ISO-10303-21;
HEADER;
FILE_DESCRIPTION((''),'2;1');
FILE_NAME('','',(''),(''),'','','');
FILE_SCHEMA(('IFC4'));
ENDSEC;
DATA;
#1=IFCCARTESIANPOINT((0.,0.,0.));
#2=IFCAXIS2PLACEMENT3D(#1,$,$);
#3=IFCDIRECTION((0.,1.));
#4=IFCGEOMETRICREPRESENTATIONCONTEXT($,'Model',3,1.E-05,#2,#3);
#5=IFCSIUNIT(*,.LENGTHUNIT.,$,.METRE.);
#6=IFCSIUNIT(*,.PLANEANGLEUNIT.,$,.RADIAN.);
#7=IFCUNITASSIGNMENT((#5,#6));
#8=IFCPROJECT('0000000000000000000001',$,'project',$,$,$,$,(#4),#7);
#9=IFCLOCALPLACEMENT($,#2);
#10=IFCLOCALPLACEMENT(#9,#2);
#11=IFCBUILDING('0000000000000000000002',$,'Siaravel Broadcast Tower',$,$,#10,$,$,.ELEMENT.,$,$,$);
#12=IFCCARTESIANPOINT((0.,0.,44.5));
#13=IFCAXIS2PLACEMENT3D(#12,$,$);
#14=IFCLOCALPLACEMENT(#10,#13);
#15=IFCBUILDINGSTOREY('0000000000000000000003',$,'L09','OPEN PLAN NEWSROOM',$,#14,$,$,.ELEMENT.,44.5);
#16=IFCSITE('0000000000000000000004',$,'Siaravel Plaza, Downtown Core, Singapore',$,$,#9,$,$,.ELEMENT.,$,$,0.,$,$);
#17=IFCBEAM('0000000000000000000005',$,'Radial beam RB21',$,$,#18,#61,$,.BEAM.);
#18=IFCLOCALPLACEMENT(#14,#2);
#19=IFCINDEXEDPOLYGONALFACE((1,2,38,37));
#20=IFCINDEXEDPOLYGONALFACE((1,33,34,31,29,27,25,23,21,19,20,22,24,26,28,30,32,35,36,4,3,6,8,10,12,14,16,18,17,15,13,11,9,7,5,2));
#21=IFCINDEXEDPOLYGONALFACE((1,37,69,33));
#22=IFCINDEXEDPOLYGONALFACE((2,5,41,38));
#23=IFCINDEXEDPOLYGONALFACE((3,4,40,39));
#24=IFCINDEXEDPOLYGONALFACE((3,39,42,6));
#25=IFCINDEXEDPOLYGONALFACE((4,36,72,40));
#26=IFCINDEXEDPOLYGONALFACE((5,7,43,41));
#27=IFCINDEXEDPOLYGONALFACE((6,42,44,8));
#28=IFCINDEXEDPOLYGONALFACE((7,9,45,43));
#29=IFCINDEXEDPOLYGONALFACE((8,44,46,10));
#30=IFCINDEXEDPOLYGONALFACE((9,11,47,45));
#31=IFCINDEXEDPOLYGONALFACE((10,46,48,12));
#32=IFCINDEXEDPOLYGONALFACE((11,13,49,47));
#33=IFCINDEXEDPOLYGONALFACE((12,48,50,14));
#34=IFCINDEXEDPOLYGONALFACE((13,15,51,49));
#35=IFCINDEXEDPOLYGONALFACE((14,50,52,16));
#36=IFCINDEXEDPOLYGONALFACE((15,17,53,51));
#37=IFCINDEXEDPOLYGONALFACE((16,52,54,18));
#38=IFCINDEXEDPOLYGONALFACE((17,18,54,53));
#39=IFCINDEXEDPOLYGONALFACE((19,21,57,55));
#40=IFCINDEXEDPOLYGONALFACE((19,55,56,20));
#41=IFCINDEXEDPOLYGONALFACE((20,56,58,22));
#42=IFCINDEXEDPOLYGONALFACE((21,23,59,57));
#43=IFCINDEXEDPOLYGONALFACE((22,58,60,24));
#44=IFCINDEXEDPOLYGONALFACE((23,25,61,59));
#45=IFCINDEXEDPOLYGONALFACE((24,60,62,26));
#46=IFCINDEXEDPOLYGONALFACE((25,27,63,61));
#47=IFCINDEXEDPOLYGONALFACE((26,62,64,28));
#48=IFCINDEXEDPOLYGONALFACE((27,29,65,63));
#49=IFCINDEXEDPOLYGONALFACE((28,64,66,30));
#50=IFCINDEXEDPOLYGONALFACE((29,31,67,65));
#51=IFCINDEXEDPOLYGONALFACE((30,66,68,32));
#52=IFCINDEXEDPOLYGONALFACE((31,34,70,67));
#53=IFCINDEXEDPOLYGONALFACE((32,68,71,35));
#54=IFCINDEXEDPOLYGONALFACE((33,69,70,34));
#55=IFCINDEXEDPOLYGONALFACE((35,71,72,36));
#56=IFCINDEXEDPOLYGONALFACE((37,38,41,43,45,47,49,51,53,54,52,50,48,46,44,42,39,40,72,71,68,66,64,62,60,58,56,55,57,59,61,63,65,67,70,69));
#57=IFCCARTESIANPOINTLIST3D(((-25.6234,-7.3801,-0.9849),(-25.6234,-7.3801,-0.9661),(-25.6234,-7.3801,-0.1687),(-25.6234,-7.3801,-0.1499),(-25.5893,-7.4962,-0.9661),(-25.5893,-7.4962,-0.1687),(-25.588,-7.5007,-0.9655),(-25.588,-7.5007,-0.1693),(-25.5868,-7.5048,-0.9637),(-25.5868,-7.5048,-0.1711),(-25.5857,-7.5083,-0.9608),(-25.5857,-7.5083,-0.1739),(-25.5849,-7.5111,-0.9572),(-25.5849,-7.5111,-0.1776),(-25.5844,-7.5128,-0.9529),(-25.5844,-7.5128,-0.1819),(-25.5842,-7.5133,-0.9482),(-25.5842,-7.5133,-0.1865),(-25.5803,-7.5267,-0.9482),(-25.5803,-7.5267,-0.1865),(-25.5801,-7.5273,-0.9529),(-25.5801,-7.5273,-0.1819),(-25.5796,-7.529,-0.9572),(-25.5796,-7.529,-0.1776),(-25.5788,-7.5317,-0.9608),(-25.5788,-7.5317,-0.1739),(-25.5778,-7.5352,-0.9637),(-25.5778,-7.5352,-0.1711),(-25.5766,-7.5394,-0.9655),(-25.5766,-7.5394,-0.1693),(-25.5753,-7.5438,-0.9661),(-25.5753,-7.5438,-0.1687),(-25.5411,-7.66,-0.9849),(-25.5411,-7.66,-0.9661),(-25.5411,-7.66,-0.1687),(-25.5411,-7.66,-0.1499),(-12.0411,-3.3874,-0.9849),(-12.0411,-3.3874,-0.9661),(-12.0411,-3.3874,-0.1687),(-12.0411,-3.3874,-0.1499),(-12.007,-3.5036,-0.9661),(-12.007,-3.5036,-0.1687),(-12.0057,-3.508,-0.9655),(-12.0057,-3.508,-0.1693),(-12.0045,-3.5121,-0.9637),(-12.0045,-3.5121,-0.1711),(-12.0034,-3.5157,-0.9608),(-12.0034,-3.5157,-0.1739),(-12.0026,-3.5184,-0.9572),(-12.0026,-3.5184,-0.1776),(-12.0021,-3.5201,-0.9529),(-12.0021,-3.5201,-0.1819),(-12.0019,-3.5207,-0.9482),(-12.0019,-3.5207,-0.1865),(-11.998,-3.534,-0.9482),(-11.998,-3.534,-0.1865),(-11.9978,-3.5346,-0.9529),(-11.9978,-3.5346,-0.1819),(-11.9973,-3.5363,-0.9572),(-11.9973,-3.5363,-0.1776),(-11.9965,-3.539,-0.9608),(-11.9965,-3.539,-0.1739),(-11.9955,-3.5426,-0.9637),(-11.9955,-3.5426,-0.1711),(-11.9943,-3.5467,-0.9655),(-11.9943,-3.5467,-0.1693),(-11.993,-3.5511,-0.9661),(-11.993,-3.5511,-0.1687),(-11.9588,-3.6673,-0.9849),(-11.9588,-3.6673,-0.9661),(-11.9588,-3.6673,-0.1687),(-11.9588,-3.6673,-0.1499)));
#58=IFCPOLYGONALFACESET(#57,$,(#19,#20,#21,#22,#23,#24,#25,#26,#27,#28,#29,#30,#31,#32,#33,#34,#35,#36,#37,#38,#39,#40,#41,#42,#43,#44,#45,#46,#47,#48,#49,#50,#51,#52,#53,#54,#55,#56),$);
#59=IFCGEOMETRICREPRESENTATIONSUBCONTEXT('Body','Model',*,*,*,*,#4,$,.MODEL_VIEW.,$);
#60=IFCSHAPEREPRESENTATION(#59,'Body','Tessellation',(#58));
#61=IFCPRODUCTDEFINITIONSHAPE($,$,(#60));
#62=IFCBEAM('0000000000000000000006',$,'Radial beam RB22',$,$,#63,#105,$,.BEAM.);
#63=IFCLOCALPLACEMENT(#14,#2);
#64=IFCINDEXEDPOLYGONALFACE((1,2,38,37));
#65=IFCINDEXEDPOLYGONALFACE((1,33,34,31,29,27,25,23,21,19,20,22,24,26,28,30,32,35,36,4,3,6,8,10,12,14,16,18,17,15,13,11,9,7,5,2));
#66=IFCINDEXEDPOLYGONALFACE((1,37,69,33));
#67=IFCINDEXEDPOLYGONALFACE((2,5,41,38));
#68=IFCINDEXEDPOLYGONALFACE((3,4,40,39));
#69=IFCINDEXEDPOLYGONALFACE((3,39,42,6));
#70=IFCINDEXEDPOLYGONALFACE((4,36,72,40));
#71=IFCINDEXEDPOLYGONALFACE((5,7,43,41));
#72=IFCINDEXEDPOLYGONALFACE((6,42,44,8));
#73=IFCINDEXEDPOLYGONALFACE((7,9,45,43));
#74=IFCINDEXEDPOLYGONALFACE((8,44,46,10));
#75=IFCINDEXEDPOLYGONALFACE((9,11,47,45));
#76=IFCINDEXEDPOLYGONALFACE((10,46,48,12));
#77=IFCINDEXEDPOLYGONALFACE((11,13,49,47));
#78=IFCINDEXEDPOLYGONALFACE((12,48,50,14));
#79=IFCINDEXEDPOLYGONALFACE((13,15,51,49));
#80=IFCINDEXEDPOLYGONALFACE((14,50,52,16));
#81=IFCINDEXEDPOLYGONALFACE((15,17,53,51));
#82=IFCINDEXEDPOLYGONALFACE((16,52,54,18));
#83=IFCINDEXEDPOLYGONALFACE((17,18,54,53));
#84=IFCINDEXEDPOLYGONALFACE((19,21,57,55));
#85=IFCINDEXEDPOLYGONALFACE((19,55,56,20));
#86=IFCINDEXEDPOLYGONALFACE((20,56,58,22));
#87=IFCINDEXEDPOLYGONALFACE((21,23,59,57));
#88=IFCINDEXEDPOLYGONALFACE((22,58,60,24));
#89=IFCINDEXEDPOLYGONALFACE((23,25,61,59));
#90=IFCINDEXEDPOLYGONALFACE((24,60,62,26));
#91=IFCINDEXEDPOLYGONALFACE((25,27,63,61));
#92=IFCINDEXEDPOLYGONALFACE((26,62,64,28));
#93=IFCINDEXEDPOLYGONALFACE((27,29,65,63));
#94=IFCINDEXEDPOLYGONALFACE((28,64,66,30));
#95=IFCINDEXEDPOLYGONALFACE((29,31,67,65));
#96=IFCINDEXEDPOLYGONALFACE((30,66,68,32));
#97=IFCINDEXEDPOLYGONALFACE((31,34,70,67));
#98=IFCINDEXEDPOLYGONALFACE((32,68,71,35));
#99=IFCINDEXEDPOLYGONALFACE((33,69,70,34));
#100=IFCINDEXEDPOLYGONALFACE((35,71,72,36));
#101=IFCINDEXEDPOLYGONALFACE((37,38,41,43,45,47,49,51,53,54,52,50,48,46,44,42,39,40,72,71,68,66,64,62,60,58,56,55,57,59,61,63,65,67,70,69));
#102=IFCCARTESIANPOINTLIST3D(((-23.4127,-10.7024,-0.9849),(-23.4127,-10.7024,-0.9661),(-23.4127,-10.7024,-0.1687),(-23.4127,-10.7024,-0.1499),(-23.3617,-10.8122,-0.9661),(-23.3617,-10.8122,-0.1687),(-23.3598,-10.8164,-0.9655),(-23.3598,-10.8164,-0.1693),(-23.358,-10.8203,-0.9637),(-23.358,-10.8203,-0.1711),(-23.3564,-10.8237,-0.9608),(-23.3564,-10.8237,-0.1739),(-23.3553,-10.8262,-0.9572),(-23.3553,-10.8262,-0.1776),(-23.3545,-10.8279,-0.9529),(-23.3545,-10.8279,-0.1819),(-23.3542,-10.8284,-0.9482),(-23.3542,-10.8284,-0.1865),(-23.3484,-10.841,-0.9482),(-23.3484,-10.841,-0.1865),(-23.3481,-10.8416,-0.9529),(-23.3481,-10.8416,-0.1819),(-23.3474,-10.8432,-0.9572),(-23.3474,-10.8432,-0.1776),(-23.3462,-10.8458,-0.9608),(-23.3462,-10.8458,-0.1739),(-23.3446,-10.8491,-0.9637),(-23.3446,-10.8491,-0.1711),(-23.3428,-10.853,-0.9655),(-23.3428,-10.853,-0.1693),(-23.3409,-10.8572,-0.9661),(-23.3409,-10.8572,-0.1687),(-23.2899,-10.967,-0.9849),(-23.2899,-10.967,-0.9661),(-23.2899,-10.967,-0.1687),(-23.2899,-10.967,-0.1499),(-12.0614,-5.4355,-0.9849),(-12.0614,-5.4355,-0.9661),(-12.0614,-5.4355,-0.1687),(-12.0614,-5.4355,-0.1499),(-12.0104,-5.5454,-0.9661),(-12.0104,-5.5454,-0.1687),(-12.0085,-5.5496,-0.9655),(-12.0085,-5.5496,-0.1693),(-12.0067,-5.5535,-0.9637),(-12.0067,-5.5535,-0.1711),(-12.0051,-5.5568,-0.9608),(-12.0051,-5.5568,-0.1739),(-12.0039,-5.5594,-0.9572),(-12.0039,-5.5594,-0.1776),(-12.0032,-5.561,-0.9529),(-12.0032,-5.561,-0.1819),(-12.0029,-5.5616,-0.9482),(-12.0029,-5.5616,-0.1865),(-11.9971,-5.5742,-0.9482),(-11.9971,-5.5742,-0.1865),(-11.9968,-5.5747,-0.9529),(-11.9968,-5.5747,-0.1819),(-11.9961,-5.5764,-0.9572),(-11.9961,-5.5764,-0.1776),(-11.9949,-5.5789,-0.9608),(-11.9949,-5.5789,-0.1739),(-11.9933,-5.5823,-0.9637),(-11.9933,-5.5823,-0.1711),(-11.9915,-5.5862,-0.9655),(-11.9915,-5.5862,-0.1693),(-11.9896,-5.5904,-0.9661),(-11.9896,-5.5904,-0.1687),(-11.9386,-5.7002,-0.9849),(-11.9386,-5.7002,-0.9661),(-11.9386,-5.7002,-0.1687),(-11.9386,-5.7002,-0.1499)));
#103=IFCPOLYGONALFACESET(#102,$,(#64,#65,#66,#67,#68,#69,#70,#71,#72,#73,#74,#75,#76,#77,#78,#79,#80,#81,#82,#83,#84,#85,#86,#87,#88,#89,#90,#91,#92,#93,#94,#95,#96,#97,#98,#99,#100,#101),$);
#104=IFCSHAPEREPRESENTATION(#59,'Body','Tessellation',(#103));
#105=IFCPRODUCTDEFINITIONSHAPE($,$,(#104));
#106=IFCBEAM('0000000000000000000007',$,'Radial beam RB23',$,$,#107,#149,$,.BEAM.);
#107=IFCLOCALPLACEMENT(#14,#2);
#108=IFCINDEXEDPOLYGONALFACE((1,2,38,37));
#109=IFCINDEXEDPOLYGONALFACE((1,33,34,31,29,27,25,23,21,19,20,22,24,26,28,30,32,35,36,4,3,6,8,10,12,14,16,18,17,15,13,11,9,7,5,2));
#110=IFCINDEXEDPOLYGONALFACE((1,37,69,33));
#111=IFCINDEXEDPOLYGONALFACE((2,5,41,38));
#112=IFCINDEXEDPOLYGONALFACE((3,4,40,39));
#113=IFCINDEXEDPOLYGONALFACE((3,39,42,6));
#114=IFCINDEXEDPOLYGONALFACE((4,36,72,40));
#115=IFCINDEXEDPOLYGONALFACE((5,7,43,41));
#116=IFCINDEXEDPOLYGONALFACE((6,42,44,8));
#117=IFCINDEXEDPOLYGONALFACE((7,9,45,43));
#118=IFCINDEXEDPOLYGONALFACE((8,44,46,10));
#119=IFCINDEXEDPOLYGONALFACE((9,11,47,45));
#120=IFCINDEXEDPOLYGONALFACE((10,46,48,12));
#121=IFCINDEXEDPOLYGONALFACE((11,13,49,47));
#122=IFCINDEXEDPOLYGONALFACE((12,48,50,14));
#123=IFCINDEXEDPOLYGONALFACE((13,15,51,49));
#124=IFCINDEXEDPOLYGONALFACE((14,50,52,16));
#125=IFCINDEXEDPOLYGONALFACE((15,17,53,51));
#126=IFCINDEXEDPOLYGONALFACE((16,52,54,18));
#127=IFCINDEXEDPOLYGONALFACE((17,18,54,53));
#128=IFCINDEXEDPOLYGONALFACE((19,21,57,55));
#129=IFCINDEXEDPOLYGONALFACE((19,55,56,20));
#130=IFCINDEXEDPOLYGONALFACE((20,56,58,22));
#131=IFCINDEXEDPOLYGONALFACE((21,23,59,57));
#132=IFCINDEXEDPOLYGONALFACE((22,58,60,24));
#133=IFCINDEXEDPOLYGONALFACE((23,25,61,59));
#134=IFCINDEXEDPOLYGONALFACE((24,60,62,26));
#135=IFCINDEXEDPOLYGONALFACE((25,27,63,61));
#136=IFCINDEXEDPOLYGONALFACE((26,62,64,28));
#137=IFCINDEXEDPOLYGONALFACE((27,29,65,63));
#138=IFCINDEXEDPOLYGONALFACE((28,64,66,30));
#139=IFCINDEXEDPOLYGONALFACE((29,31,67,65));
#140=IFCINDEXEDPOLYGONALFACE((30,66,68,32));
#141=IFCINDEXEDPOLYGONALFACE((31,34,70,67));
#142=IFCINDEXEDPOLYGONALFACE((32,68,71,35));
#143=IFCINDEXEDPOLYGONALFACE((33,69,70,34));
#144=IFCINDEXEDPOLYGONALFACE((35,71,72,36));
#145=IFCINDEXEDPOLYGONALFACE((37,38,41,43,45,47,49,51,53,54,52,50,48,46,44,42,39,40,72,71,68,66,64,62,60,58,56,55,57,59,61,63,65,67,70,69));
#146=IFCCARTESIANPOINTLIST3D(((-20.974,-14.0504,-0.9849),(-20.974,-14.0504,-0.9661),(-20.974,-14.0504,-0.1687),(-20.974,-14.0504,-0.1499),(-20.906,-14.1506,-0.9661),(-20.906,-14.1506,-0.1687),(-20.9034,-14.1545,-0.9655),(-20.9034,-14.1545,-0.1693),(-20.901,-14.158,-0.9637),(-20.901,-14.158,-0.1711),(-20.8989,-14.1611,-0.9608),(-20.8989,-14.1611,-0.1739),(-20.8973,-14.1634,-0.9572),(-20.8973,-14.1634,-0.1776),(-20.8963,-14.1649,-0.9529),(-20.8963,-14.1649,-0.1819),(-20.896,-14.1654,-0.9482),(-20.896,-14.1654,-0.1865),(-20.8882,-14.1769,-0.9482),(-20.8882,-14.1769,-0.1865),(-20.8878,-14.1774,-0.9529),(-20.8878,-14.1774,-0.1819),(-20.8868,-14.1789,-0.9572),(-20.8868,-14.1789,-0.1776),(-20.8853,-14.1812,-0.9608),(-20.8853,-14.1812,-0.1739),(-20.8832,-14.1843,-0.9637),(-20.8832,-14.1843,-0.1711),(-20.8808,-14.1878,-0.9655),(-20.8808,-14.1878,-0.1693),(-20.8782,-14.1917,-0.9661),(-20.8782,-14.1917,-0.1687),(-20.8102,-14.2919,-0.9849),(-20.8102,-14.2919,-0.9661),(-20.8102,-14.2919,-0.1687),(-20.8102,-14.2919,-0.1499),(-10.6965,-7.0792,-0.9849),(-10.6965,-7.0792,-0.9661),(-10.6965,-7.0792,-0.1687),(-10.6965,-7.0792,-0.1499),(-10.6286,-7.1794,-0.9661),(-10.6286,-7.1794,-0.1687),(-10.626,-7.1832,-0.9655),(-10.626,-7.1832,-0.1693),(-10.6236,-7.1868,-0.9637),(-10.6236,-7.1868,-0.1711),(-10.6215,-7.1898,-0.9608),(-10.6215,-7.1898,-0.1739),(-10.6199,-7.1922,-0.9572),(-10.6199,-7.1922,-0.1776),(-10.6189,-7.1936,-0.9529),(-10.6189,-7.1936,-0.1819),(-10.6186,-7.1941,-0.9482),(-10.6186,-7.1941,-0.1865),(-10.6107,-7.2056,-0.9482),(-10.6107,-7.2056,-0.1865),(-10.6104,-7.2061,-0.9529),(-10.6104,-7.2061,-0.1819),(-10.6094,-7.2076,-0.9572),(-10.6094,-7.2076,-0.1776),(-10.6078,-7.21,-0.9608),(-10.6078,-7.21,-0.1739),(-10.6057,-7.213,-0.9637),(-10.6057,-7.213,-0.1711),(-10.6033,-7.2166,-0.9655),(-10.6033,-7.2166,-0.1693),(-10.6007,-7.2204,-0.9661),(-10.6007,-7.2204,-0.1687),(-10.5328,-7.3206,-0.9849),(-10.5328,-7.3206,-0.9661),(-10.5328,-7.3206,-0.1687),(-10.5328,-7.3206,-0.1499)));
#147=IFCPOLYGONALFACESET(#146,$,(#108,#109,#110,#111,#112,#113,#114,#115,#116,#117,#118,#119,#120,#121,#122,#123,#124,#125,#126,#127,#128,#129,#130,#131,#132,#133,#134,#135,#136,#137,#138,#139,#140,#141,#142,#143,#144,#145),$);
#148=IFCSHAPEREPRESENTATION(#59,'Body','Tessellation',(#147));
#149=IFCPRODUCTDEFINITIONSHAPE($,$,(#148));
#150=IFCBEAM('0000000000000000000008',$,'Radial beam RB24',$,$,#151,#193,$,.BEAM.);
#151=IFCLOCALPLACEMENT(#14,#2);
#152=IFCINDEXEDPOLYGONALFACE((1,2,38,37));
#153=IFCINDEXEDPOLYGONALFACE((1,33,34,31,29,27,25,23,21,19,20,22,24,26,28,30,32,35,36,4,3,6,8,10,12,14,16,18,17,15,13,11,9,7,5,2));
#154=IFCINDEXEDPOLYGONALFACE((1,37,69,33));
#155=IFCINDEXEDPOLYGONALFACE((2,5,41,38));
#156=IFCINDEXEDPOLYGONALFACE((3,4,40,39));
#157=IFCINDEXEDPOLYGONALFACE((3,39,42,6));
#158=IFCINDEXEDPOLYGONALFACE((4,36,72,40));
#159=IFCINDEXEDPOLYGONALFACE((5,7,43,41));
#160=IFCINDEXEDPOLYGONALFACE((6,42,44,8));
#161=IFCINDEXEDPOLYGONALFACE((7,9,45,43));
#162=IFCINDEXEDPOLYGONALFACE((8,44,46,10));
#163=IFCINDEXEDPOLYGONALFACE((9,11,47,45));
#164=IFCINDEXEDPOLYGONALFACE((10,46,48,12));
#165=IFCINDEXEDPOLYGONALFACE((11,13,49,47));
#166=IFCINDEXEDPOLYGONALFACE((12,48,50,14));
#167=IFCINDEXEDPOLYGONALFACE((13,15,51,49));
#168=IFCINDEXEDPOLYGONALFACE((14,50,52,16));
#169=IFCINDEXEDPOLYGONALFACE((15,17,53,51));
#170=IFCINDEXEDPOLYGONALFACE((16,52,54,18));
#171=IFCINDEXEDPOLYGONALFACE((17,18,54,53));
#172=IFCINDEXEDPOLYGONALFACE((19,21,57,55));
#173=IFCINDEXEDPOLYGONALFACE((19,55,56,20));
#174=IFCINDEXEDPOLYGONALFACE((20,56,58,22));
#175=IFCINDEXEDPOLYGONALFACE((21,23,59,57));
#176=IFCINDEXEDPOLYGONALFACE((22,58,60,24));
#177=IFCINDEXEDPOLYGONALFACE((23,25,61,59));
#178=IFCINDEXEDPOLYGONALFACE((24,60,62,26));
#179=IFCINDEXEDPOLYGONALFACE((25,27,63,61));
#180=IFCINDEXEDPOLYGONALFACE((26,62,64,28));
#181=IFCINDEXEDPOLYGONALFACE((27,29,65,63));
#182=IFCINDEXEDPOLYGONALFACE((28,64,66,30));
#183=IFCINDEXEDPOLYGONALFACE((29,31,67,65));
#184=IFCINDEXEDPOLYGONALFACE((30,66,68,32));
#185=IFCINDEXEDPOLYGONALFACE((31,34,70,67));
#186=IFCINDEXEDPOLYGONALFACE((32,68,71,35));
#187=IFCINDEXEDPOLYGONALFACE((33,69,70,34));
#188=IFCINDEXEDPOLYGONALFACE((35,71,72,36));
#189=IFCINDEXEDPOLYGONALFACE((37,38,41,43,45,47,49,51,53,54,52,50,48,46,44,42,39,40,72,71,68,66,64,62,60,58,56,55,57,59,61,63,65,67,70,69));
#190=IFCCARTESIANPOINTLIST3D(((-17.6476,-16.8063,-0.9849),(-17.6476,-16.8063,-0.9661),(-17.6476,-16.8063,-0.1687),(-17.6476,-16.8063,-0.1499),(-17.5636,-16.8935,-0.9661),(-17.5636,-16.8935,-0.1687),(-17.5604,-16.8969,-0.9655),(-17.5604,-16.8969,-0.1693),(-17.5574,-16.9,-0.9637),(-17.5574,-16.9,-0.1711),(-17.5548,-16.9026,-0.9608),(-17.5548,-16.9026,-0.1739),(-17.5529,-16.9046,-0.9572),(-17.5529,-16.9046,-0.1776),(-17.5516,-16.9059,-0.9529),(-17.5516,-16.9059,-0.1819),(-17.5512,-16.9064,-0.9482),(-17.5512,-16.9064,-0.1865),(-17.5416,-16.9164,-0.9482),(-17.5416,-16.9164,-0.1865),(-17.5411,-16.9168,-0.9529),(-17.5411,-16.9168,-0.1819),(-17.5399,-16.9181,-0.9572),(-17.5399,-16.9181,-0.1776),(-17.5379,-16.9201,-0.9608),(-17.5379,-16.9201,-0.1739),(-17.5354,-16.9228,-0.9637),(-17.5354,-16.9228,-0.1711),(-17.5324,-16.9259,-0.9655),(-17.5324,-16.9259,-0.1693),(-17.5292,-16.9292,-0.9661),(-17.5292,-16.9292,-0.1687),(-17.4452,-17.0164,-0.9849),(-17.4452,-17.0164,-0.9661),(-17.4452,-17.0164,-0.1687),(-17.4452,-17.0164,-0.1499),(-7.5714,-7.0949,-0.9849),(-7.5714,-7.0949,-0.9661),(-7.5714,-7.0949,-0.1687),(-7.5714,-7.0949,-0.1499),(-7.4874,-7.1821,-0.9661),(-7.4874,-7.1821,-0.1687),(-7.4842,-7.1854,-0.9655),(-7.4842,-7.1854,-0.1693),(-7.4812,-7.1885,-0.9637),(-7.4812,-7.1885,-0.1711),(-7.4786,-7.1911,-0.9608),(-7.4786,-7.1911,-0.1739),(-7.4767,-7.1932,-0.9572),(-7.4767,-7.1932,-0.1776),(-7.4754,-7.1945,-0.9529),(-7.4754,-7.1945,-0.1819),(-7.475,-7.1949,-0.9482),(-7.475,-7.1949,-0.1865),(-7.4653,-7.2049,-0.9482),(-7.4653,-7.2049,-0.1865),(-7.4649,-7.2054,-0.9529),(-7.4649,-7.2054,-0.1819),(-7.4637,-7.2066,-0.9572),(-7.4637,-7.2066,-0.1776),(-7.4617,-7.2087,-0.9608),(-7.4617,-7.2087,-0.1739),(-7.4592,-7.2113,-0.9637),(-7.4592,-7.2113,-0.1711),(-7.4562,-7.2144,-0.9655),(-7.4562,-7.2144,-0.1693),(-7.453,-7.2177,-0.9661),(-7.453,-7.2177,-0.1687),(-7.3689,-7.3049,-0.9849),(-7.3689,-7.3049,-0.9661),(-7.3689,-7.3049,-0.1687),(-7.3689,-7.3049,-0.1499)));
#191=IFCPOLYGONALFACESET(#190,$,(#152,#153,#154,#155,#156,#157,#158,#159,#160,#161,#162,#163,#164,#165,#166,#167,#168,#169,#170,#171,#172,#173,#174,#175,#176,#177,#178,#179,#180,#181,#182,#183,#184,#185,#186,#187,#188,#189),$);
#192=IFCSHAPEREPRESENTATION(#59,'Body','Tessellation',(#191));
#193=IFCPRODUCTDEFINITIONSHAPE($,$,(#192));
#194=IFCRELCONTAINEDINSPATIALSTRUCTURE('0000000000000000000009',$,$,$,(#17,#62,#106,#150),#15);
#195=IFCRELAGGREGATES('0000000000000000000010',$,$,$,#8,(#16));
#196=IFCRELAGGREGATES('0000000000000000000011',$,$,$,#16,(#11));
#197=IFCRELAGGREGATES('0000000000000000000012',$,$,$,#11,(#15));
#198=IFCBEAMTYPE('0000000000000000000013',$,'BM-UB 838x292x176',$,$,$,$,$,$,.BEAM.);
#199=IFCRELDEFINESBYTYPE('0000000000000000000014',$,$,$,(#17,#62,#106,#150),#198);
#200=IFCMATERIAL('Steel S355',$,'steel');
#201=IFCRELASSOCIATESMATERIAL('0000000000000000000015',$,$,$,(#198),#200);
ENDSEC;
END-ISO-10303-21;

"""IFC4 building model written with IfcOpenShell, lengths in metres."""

from ifc_helpers import new_model, si_unit, direction, frame, origin, origin_2d, place, context, subcontext, project, spatial, i_section, extrude, material, material_profile, profile_set, type_object, element, save


model = new_model("IFC4")

# Units and contexts
model_context = context("Model", 3, precision=1e-05, world=origin(), true_north=direction((0.0, 1.0)))
body_context = subcontext(model_context, "Body", "Model", "MODEL_VIEW")
ifc_project = project(units=[si_unit("LENGTHUNIT", "METRE"), si_unit("PLANEANGLEUNIT", "RADIAN")], contexts=[model_context])

# Site, building, storey
site_placement = place(None, origin())
site = spatial("IfcSite", under=ifc_project, at=site_placement, Name="Siaravel Plaza, Downtown Core, Singapore", CompositionType="ELEMENT", RefElevation=0.0)
building_placement = place(site_placement, origin())
building = spatial("IfcBuilding", under=site, at=building_placement, Name="Siaravel Broadcast Tower", CompositionType="ELEMENT")
storey_placement = place(building_placement, frame((0.0, 0.0, 44.5)))
storey = spatial("IfcBuildingStorey", under=building, at=storey_placement, Name="L09", Description="OPEN PLAN NEWSROOM", CompositionType="ELEMENT", Elevation=44.5)

# Beams
ifc_material_1 = material(Name="Steel S355", Category="steel")
ifc_material_profile_1 = material_profile(ifc_material_1, i_section(OverallWidth=0.2917, OverallDepth=0.835, WebThickness=0.0139, FlangeThickness=0.0188, FilletRadius=0.0178, at=origin_2d()))
ifc_profile_set_1 = profile_set([ifc_material_profile_1], Name="Steel S355")
beam_type = type_object("IfcBeamType", Name="BM-UB 838x292x176", PredefinedType="BEAM", material=ifc_profile_set_1)
beam_1_placement = place(storey_placement, frame((-25.5823, -7.52, -0.5674), z_axis=(0.959406, 0.282029, 0.0), x_axis=(-0.282029, 0.959406, 0.0)))
element("IfcBeam", 1, at=beam_1_placement, inside=storey, type_object=beam_type, Name="Radial beam RB21", PredefinedType="BEAM", context=body_context, shape_type="SweptSolid", body=[
    extrude(i_section(OverallWidth=0.2917, OverallDepth=0.835, WebThickness=0.0139, FlangeThickness=0.0188, FilletRadius=0.0178, at=origin_2d()), origin(), (0.0, 0.0, 1.0), 14.157),
])
beam_2_placement = place(storey_placement, frame((-23.3513, -10.8347, -0.5674), z_axis=(0.907113, 0.420887, 0.0), x_axis=(-0.420887, 0.907113, 0.0)))
element("IfcBeam", 2, at=beam_2_placement, inside=storey, type_object=beam_type, Name="Radial beam RB22", PredefinedType="BEAM", context=body_context, shape_type="SweptSolid", body=[
    extrude(i_section(OverallWidth=0.2917, OverallDepth=0.835, WebThickness=0.0139, FlangeThickness=0.0188, FilletRadius=0.0178, at=origin_2d()), origin(), (0.0, 0.0, 1.0), 12.5137),
])
beam_3_placement = place(storey_placement, frame((-20.8921, -14.1711, -0.5674), z_axis=(0.827578, 0.561351, 0.0), x_axis=(-0.561351, 0.827578, 0.0)))
element("IfcBeam", 3, at=beam_3_placement, inside=storey, type_object=beam_type, Name="Radial beam RB23", PredefinedType="BEAM", context=body_context, shape_type="SweptSolid", body=[
    extrude(i_section(OverallWidth=0.2917, OverallDepth=0.835, WebThickness=0.0139, FlangeThickness=0.0188, FilletRadius=0.0178, at=origin_2d()), origin(), (0.0, 0.0, 1.0), 12.4187),
])
beam_4_placement = place(storey_placement, frame((-17.5464, -16.9114, -0.5674), z_axis=(0.720019, 0.693955, 0.0), x_axis=(-0.693955, 0.720019, 0.0)))
element("IfcBeam", 4, at=beam_4_placement, inside=storey, type_object=beam_type, Name="Radial beam RB24", PredefinedType="BEAM", context=body_context, shape_type="SweptSolid", body=[
    extrude(i_section(OverallWidth=0.2917, OverallDepth=0.835, WebThickness=0.0139, FlangeThickness=0.0188, FilletRadius=0.0178, at=origin_2d()), origin(), (0.0, 0.0, 1.0), 13.9944),
])

save(model, "model.ifc")
